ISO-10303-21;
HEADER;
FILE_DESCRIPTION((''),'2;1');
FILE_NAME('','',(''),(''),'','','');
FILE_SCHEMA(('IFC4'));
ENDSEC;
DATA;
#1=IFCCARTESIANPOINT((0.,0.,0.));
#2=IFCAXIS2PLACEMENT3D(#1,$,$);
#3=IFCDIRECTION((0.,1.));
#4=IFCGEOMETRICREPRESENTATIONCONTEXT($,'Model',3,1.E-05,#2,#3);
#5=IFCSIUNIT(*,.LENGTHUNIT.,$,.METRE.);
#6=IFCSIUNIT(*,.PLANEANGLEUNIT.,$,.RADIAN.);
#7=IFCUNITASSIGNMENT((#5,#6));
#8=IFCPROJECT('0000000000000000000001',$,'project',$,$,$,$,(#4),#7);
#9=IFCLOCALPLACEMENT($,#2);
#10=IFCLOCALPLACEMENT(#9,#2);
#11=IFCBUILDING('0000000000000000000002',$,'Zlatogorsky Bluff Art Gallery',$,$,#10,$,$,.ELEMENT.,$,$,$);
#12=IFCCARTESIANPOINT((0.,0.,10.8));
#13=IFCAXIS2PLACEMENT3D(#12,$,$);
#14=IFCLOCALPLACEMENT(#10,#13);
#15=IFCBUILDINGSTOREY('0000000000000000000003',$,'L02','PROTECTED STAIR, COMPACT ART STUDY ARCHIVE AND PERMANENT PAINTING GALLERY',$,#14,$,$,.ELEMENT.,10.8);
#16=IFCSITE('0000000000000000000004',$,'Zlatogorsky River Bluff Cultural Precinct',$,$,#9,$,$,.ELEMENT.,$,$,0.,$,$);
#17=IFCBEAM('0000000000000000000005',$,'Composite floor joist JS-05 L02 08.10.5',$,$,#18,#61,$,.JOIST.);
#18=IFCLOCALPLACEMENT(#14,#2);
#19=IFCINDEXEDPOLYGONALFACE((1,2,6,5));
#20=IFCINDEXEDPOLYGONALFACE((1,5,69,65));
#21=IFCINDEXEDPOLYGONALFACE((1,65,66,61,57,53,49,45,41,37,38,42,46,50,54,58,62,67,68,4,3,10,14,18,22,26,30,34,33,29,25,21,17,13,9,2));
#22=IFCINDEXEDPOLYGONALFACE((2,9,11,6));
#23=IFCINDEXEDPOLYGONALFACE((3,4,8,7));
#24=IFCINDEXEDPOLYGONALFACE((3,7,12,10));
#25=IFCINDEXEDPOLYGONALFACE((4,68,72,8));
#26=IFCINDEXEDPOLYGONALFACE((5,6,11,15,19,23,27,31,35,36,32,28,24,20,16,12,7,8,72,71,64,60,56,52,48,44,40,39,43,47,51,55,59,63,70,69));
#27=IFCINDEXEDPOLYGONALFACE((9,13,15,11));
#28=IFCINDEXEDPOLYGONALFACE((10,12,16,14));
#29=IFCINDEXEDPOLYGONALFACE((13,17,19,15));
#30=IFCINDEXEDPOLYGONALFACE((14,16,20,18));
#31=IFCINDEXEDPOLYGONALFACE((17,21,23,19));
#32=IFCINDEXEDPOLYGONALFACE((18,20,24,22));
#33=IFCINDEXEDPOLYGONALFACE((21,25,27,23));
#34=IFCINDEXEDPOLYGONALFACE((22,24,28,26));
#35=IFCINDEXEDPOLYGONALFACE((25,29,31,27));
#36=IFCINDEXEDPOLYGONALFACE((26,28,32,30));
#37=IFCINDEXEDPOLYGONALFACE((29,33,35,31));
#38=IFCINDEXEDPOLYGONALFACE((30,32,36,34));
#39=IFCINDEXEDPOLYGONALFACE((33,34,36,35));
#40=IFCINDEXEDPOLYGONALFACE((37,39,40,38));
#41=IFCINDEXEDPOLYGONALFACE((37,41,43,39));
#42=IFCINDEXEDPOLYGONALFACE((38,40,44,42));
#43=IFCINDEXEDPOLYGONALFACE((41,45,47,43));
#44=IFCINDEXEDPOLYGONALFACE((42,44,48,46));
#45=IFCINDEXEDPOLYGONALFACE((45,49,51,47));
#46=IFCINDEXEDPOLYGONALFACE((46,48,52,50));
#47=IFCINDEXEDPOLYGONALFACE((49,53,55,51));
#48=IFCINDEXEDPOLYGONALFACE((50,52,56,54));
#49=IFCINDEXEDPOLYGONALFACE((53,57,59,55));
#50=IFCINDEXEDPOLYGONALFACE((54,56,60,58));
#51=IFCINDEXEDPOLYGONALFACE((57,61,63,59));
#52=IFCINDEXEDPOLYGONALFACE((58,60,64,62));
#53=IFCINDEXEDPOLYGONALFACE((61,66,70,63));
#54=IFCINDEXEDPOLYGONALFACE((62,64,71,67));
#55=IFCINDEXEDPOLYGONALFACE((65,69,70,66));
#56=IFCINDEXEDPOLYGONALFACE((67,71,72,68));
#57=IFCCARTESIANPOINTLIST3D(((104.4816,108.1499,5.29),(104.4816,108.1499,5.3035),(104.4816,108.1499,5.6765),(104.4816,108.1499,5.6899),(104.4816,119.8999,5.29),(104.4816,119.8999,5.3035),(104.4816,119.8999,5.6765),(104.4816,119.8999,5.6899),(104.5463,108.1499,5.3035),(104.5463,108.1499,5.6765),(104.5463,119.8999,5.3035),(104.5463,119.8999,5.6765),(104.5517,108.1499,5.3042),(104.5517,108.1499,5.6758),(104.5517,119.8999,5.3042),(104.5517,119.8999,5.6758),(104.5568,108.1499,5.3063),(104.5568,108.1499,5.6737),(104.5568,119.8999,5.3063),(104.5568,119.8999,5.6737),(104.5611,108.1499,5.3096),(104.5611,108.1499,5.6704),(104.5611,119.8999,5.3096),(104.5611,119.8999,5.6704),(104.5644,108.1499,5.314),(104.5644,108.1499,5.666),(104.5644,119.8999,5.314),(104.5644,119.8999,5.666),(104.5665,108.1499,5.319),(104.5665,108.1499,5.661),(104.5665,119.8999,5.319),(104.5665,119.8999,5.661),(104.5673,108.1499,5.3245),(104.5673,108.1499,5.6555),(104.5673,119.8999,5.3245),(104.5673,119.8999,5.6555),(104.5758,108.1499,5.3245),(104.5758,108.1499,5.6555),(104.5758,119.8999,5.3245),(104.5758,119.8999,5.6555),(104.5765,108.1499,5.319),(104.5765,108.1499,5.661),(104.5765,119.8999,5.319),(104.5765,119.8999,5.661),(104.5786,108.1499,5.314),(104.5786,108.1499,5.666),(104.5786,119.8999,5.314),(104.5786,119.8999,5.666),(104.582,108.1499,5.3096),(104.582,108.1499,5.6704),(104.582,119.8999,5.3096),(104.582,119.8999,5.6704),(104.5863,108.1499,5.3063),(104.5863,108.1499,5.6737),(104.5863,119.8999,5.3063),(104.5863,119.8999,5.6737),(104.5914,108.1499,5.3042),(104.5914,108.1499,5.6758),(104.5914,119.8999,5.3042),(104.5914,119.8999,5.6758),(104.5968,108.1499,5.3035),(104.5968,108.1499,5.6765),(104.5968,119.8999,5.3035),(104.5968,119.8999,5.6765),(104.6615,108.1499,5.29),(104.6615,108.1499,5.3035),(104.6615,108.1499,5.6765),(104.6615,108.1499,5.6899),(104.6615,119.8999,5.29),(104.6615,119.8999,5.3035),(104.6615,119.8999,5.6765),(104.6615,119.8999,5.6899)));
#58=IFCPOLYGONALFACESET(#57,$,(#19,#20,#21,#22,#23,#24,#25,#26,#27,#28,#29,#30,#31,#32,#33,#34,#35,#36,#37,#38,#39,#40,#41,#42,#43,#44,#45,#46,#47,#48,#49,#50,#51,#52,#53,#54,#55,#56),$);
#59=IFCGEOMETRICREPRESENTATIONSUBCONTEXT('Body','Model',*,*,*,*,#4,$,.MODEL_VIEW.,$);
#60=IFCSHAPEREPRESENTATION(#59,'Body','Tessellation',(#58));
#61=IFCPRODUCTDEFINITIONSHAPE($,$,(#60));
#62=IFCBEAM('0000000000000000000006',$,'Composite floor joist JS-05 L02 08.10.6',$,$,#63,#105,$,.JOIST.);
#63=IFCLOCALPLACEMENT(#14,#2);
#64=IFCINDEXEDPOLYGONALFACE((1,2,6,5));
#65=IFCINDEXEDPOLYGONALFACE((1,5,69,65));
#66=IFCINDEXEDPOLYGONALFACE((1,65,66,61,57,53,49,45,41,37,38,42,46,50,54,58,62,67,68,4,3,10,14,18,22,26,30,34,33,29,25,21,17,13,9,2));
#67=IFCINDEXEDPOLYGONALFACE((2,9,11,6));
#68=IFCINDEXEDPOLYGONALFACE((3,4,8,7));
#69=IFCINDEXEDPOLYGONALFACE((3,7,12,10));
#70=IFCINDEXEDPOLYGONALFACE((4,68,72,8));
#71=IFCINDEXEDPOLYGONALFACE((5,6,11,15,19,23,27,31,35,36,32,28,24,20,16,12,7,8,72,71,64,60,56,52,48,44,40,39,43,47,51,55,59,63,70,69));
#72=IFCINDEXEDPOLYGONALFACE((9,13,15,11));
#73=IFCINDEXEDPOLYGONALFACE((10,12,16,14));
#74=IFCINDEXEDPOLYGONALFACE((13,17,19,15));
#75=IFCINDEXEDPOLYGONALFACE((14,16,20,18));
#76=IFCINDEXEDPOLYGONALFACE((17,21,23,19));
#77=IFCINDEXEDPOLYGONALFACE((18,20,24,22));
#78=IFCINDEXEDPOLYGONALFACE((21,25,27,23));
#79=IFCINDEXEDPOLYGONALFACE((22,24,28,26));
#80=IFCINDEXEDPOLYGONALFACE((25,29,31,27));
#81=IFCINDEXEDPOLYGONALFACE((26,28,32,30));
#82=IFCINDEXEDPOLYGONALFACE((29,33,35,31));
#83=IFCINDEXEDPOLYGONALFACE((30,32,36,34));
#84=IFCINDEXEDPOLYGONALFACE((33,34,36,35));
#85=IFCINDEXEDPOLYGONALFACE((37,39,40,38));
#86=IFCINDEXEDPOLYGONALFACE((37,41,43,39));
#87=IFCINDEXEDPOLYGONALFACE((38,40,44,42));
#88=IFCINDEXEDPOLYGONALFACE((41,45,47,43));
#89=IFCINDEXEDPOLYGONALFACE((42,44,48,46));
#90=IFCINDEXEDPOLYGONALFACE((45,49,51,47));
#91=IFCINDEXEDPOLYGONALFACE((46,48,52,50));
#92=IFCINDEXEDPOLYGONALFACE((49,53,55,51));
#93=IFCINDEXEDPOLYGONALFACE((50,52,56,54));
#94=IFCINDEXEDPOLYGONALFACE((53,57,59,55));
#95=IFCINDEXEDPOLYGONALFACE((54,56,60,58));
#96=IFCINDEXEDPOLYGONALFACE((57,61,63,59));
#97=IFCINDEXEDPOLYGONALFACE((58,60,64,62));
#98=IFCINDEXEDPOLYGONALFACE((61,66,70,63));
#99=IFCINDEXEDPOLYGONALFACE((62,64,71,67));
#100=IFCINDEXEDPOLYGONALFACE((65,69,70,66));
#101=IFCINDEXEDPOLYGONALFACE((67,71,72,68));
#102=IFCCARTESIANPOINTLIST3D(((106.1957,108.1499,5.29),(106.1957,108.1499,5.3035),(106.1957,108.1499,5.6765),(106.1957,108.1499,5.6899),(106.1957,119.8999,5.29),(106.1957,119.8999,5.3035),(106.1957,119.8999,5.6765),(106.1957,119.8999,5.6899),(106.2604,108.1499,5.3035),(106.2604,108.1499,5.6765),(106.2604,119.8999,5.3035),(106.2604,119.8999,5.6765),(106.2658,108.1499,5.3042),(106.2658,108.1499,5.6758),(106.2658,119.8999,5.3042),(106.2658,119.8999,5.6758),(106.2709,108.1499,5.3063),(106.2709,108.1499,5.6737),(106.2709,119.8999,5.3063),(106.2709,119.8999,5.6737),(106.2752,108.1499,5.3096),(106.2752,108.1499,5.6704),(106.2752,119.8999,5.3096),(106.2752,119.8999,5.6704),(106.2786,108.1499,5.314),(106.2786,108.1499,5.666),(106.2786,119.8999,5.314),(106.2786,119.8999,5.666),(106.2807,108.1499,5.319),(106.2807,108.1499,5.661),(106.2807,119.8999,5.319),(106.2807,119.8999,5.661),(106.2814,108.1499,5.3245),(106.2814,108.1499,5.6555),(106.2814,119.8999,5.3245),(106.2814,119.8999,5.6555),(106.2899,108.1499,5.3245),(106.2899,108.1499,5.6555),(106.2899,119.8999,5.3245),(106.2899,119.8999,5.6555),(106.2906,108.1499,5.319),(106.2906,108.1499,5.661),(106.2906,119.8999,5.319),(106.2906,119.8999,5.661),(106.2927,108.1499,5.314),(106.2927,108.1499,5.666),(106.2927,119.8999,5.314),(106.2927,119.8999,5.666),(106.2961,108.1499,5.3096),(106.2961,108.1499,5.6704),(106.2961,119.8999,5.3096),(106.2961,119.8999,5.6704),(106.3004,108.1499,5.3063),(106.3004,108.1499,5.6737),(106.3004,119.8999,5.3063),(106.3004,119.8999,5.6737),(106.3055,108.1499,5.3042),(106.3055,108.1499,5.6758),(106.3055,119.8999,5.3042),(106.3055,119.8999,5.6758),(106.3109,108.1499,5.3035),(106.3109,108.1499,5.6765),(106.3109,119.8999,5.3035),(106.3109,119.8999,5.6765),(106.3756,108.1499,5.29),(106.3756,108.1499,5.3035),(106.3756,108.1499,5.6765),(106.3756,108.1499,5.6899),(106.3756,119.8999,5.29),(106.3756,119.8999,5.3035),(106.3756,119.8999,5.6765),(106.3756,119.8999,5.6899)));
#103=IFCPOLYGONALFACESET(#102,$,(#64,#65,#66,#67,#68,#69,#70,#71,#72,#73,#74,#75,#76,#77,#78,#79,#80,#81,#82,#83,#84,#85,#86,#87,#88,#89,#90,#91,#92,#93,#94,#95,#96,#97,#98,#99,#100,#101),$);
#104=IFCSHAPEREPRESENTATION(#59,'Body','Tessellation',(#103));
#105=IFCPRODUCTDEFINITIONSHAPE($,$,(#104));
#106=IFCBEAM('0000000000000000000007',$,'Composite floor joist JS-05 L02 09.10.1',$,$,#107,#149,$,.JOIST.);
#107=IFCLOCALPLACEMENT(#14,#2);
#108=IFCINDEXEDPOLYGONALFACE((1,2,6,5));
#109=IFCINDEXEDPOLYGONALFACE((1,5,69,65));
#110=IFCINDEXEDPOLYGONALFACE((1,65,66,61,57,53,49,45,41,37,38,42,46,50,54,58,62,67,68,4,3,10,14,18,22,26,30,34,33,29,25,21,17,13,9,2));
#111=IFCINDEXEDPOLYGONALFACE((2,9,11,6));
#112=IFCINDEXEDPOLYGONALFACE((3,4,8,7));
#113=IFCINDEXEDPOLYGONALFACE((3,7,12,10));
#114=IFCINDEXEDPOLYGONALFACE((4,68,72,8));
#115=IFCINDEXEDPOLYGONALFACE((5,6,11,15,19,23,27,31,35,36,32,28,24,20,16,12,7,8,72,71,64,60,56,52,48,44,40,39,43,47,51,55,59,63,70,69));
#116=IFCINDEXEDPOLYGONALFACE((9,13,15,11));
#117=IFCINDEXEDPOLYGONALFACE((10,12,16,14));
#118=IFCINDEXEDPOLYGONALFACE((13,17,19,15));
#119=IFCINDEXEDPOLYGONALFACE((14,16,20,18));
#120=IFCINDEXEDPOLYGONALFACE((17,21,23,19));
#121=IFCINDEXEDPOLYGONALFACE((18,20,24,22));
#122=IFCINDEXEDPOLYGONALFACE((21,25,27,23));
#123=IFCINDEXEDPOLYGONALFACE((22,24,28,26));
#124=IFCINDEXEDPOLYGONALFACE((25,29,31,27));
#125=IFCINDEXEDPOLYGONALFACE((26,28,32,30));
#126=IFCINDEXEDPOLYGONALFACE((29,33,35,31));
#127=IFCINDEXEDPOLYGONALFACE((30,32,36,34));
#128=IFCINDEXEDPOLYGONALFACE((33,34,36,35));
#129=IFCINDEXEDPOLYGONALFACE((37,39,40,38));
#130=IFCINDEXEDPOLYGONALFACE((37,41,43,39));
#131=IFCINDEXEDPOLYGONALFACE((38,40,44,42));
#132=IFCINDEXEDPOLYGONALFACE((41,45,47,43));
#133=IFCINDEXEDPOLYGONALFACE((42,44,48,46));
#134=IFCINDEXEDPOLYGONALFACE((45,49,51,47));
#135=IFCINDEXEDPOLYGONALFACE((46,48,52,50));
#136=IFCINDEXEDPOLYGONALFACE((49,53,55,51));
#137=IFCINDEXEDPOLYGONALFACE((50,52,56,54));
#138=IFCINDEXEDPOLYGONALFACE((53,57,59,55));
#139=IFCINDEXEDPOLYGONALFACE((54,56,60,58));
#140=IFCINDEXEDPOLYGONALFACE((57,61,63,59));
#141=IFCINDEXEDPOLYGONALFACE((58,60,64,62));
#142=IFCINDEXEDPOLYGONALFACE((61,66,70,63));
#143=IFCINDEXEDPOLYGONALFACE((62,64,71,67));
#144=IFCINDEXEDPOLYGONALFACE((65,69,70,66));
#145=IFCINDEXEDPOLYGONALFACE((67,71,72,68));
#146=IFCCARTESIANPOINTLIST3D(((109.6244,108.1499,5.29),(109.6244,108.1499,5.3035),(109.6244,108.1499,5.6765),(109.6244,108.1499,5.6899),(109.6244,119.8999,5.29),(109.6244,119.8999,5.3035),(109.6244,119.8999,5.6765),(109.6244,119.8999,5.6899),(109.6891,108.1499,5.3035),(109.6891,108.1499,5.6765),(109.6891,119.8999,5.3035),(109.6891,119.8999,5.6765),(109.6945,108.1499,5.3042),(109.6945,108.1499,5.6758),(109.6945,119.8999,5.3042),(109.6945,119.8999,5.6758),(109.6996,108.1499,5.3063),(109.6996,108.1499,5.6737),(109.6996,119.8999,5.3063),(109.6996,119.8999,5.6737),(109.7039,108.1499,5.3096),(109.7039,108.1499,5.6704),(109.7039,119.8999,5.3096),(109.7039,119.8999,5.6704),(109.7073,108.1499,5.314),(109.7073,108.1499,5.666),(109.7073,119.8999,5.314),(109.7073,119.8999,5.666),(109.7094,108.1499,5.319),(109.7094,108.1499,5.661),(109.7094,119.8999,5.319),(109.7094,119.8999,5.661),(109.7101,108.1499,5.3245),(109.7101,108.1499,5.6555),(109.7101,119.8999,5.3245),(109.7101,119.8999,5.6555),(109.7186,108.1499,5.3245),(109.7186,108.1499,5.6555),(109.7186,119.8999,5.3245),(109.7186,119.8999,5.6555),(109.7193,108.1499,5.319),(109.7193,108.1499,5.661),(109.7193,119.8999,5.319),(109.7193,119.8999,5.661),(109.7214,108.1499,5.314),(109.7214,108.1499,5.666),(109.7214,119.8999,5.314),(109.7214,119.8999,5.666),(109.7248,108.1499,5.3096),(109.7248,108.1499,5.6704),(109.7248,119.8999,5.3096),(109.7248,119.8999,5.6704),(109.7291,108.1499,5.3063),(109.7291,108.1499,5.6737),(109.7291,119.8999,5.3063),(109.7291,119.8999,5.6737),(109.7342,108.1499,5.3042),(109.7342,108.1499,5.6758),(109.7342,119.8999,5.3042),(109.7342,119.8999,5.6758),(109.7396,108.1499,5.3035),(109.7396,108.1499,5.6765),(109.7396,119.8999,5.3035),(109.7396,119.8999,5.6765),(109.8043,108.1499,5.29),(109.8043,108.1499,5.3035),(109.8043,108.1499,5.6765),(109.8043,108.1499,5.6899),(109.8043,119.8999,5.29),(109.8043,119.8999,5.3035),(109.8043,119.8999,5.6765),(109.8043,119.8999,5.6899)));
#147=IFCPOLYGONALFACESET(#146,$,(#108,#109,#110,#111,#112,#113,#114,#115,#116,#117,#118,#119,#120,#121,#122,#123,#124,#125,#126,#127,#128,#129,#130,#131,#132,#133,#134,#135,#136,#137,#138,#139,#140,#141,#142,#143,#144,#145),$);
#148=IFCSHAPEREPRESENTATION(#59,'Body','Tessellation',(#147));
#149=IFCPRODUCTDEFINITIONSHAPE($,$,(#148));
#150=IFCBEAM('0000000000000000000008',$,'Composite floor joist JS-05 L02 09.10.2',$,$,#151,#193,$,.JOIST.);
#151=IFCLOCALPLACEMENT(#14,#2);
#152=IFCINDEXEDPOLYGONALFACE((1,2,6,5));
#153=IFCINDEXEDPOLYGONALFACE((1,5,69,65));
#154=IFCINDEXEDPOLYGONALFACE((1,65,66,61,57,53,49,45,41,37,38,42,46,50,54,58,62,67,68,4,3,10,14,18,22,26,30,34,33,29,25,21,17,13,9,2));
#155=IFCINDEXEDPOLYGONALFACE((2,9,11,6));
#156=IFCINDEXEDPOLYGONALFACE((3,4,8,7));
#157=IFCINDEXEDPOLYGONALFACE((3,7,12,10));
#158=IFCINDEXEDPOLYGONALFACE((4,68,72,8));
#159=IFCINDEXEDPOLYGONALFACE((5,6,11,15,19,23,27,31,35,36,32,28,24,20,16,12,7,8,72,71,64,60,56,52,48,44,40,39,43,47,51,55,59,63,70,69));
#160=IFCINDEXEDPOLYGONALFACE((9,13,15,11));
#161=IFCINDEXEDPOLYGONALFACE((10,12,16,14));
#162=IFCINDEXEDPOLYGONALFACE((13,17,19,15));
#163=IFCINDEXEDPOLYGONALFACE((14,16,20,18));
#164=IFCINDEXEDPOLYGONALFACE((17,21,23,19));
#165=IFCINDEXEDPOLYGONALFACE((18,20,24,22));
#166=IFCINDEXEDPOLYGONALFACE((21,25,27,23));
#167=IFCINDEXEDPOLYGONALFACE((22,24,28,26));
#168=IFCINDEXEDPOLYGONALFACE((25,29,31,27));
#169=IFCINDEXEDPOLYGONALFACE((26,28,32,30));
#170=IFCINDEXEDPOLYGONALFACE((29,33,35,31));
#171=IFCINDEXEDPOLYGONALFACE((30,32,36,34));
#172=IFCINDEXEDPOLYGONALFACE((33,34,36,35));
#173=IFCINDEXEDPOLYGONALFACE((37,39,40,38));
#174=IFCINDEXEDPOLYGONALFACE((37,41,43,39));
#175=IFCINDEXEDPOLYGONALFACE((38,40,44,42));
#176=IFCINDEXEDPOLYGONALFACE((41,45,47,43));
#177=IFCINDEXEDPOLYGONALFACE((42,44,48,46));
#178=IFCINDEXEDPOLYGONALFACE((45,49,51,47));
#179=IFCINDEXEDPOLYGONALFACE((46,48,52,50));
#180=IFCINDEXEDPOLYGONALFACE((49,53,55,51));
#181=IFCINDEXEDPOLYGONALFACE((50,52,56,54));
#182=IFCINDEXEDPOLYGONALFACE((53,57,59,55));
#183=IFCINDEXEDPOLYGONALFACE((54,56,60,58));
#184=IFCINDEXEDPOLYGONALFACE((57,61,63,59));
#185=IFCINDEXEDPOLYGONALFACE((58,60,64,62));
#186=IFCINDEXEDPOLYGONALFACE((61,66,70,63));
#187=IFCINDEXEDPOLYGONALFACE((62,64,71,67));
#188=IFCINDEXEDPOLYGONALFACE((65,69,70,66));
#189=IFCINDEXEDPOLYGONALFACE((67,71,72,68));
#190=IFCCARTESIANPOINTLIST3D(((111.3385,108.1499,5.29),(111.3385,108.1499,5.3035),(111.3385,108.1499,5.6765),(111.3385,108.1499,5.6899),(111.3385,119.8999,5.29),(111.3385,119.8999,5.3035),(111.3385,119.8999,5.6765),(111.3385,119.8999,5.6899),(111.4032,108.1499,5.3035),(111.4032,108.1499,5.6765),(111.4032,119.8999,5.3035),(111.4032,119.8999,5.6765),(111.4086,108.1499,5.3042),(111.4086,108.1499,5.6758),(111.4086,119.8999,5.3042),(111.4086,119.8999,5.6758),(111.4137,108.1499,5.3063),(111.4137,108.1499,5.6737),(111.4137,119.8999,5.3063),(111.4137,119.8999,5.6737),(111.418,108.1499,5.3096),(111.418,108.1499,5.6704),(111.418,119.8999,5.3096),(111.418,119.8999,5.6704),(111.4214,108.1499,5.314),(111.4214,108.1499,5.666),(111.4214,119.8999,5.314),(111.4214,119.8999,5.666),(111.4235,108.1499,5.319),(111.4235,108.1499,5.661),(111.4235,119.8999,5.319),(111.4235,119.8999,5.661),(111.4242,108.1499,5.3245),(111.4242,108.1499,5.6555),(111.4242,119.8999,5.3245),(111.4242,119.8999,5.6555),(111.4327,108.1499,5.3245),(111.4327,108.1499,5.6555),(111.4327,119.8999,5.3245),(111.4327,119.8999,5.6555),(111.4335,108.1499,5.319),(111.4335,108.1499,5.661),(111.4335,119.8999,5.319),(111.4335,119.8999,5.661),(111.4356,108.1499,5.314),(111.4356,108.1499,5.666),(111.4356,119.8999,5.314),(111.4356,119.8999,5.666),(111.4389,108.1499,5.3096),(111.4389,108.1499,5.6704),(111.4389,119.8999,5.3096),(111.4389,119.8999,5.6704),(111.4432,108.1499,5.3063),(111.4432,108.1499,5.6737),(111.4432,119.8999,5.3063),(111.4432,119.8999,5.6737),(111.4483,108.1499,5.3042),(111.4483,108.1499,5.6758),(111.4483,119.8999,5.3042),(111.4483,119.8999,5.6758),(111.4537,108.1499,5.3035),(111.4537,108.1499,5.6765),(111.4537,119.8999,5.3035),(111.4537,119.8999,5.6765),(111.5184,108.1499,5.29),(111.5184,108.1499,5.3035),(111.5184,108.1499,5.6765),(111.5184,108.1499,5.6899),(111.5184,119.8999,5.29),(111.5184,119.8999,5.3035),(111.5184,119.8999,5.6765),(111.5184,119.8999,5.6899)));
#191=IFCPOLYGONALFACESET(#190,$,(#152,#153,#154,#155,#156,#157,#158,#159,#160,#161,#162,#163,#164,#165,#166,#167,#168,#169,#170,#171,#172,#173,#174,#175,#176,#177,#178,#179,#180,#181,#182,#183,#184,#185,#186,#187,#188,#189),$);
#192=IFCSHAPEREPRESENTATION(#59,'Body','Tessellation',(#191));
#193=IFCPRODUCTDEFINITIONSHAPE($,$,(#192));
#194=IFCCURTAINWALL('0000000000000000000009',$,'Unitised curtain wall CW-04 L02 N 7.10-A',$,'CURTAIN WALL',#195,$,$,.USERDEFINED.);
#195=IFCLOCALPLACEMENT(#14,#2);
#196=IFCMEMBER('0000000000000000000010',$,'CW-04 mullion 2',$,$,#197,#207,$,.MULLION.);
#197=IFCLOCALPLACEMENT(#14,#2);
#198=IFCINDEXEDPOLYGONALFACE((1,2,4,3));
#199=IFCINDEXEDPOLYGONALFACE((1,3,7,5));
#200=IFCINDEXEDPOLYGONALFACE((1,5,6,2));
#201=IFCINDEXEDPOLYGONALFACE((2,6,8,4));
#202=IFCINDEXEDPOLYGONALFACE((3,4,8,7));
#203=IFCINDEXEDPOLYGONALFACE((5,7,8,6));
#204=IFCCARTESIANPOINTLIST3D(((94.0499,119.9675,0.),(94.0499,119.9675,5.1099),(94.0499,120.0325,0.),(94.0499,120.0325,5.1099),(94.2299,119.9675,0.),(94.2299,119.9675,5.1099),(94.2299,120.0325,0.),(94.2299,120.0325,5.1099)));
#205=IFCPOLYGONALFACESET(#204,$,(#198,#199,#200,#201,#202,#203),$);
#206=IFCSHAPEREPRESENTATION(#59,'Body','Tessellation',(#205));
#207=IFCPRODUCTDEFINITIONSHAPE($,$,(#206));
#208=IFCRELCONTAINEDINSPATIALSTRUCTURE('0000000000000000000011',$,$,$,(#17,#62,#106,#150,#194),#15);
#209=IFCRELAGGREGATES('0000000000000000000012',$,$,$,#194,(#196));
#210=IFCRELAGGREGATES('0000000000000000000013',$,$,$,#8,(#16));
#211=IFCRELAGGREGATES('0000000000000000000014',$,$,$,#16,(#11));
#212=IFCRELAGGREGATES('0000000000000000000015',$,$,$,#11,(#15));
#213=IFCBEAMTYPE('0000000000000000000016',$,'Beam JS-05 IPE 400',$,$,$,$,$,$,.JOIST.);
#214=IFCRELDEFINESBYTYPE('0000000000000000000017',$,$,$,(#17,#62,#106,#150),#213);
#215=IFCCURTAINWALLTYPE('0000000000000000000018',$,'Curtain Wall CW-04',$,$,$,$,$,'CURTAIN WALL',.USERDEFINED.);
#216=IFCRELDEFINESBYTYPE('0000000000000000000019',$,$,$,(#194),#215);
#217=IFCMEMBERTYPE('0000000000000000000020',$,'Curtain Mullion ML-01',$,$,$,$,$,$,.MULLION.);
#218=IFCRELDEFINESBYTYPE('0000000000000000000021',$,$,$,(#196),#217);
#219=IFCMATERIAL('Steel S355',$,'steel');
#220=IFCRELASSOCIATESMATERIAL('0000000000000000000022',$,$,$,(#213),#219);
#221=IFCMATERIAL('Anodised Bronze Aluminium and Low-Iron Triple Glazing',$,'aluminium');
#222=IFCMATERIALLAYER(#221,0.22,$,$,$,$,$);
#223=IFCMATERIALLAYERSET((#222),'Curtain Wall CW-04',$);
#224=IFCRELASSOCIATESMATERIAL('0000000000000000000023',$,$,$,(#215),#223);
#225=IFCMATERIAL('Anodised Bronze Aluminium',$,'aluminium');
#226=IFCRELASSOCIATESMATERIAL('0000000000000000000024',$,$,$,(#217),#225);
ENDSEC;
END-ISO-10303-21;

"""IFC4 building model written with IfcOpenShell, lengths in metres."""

from ifc_helpers import new_model, si_unit, direction, frame, origin, origin_2d, place, context, subcontext, project, spatial, rectangle, i_section, extrude, material, layer, layer_set, material_profile, profile_set, type_object, element, aggregate, save


model = new_model("IFC4")

# Units and contexts
model_context = context("Model", 3, precision=1e-05, world=origin(), true_north=direction((0.0, 1.0)))
body_context = subcontext(model_context, "Body", "Model", "MODEL_VIEW")
ifc_project = project(units=[si_unit("LENGTHUNIT", "METRE"), si_unit("PLANEANGLEUNIT", "RADIAN")], contexts=[model_context])

# Site, building, storey
site_placement = place(None, origin())
site = spatial("IfcSite", under=ifc_project, at=site_placement, Name="Zlatogorsky River Bluff Cultural Precinct", CompositionType="ELEMENT", RefElevation=0.0)
building_placement = place(site_placement, origin())
building = spatial("IfcBuilding", under=site, at=building_placement, Name="Zlatogorsky Bluff Art Gallery", CompositionType="ELEMENT")
storey_placement = place(building_placement, frame((0.0, 0.0, 10.8)))
storey = spatial("IfcBuildingStorey", under=building, at=storey_placement, Name="L02", Description="PROTECTED STAIR, COMPACT ART STUDY ARCHIVE AND PERMANENT PAINTING GALLERY", CompositionType="ELEMENT", Elevation=10.8)

# Beams
ifc_material_1 = material(Name="Steel S355", Category="steel")
ifc_material_profile_1 = material_profile(ifc_material_1, i_section(OverallWidth=0.1799, OverallDepth=0.3999, WebThickness=0.0085, FlangeThickness=0.0134, FilletRadius=0.021, at=origin_2d()), Name="IPE 400")
ifc_profile_set_1 = profile_set([ifc_material_profile_1], Name="Steel S355")
beam_type_1 = type_object("IfcBeamType", Name="Beam JS-05 IPE 400", PredefinedType="JOIST", material=ifc_profile_set_1)
for number, where, z_axis, x_axis, name in (
    (1, (104.5715, 108.1499, 5.49), (0.0, 1.0, 0.0), (-1.0, 0.0, 0.0), "Composite floor joist JS-05 L02 08.10.5"),
    (2, (106.2856, 108.1499, 5.49), (0.0, 1.0, 0.0), (-1.0, 0.0, 0.0), "Composite floor joist JS-05 L02 08.10.6"),
    (3, (109.7144, 108.1499, 5.49), (0.0, 1.0, 0.0), (-1.0, 0.0, 0.0), "Composite floor joist JS-05 L02 09.10.1"),
    (4, (111.4285, 108.1499, 5.49), (0.0, 1.0, 0.0), (-1.0, 0.0, 0.0), "Composite floor joist JS-05 L02 09.10.2"),
):
    element("IfcBeam", number, at=place(storey_placement, frame(where, z_axis=z_axis, x_axis=x_axis)), inside=storey, type_object=beam_type_1, Name=name, PredefinedType="JOIST", context=body_context, shape_type="SweptSolid", body=[
        extrude(i_section(OverallWidth=0.1799, OverallDepth=0.3999, WebThickness=0.0085, FlangeThickness=0.0134, FilletRadius=0.021, at=origin_2d()), origin(), (0.0, 0.0, 1.0), 11.75),
    ])

# Curtain wall, member
ifc_material_2 = material(Name="Anodised Bronze Aluminium and Low-Iron Triple Glazing", Category="aluminium")
ifc_layer_1 = layer(ifc_material_2, 0.22)
ifc_layer_set_1 = layer_set([ifc_layer_1], Name="Curtain Wall CW-04")
curtain_wall_type = type_object("IfcCurtainWallType", Name="Curtain Wall CW-04", ElementType="CURTAIN WALL", PredefinedType="USERDEFINED", material=ifc_layer_set_1)
curtain_wall_placement = place(storey_placement, origin())
curtain_wall = element("IfcCurtainWall", 5, at=curtain_wall_placement, inside=storey, type_object=curtain_wall_type, Name="Unitised curtain wall CW-04 L02 N 7.10-A", ObjectType="CURTAIN WALL", PredefinedType="USERDEFINED")
ifc_material_3 = material(Name="Anodised Bronze Aluminium", Category="aluminium")
ifc_material_profile_2 = material_profile(ifc_material_3, rectangle(XDim=0.0649, YDim=0.1799, at=origin_2d()), Name="ALU MULLION 65x180")
ifc_profile_set_2 = profile_set([ifc_material_profile_2], Name="Anodised Bronze Aluminium")
member_type_1 = type_object("IfcMemberType", Name="Curtain Mullion ML-01", PredefinedType="MULLION", material=ifc_profile_set_2)
member_1_placement = place(storey_placement, frame((94.1399, 120.0, 0.0), z_axis=(0.0, 0.0, 1.0), x_axis=(0.0, -1.0, 0.0)))
member_1 = element("IfcMember", 6, at=member_1_placement, type_object=member_type_1, Name="CW-04 mullion 2", PredefinedType="MULLION", context=body_context, shape_type="SweptSolid", body=[
    extrude(rectangle(XDim=0.0649, YDim=0.1799, at=origin_2d()), origin(), (0.0, 0.0, 1.0), 5.1099),
])
aggregate(curtain_wall, [member_1])

save(model, "model.ifc")
